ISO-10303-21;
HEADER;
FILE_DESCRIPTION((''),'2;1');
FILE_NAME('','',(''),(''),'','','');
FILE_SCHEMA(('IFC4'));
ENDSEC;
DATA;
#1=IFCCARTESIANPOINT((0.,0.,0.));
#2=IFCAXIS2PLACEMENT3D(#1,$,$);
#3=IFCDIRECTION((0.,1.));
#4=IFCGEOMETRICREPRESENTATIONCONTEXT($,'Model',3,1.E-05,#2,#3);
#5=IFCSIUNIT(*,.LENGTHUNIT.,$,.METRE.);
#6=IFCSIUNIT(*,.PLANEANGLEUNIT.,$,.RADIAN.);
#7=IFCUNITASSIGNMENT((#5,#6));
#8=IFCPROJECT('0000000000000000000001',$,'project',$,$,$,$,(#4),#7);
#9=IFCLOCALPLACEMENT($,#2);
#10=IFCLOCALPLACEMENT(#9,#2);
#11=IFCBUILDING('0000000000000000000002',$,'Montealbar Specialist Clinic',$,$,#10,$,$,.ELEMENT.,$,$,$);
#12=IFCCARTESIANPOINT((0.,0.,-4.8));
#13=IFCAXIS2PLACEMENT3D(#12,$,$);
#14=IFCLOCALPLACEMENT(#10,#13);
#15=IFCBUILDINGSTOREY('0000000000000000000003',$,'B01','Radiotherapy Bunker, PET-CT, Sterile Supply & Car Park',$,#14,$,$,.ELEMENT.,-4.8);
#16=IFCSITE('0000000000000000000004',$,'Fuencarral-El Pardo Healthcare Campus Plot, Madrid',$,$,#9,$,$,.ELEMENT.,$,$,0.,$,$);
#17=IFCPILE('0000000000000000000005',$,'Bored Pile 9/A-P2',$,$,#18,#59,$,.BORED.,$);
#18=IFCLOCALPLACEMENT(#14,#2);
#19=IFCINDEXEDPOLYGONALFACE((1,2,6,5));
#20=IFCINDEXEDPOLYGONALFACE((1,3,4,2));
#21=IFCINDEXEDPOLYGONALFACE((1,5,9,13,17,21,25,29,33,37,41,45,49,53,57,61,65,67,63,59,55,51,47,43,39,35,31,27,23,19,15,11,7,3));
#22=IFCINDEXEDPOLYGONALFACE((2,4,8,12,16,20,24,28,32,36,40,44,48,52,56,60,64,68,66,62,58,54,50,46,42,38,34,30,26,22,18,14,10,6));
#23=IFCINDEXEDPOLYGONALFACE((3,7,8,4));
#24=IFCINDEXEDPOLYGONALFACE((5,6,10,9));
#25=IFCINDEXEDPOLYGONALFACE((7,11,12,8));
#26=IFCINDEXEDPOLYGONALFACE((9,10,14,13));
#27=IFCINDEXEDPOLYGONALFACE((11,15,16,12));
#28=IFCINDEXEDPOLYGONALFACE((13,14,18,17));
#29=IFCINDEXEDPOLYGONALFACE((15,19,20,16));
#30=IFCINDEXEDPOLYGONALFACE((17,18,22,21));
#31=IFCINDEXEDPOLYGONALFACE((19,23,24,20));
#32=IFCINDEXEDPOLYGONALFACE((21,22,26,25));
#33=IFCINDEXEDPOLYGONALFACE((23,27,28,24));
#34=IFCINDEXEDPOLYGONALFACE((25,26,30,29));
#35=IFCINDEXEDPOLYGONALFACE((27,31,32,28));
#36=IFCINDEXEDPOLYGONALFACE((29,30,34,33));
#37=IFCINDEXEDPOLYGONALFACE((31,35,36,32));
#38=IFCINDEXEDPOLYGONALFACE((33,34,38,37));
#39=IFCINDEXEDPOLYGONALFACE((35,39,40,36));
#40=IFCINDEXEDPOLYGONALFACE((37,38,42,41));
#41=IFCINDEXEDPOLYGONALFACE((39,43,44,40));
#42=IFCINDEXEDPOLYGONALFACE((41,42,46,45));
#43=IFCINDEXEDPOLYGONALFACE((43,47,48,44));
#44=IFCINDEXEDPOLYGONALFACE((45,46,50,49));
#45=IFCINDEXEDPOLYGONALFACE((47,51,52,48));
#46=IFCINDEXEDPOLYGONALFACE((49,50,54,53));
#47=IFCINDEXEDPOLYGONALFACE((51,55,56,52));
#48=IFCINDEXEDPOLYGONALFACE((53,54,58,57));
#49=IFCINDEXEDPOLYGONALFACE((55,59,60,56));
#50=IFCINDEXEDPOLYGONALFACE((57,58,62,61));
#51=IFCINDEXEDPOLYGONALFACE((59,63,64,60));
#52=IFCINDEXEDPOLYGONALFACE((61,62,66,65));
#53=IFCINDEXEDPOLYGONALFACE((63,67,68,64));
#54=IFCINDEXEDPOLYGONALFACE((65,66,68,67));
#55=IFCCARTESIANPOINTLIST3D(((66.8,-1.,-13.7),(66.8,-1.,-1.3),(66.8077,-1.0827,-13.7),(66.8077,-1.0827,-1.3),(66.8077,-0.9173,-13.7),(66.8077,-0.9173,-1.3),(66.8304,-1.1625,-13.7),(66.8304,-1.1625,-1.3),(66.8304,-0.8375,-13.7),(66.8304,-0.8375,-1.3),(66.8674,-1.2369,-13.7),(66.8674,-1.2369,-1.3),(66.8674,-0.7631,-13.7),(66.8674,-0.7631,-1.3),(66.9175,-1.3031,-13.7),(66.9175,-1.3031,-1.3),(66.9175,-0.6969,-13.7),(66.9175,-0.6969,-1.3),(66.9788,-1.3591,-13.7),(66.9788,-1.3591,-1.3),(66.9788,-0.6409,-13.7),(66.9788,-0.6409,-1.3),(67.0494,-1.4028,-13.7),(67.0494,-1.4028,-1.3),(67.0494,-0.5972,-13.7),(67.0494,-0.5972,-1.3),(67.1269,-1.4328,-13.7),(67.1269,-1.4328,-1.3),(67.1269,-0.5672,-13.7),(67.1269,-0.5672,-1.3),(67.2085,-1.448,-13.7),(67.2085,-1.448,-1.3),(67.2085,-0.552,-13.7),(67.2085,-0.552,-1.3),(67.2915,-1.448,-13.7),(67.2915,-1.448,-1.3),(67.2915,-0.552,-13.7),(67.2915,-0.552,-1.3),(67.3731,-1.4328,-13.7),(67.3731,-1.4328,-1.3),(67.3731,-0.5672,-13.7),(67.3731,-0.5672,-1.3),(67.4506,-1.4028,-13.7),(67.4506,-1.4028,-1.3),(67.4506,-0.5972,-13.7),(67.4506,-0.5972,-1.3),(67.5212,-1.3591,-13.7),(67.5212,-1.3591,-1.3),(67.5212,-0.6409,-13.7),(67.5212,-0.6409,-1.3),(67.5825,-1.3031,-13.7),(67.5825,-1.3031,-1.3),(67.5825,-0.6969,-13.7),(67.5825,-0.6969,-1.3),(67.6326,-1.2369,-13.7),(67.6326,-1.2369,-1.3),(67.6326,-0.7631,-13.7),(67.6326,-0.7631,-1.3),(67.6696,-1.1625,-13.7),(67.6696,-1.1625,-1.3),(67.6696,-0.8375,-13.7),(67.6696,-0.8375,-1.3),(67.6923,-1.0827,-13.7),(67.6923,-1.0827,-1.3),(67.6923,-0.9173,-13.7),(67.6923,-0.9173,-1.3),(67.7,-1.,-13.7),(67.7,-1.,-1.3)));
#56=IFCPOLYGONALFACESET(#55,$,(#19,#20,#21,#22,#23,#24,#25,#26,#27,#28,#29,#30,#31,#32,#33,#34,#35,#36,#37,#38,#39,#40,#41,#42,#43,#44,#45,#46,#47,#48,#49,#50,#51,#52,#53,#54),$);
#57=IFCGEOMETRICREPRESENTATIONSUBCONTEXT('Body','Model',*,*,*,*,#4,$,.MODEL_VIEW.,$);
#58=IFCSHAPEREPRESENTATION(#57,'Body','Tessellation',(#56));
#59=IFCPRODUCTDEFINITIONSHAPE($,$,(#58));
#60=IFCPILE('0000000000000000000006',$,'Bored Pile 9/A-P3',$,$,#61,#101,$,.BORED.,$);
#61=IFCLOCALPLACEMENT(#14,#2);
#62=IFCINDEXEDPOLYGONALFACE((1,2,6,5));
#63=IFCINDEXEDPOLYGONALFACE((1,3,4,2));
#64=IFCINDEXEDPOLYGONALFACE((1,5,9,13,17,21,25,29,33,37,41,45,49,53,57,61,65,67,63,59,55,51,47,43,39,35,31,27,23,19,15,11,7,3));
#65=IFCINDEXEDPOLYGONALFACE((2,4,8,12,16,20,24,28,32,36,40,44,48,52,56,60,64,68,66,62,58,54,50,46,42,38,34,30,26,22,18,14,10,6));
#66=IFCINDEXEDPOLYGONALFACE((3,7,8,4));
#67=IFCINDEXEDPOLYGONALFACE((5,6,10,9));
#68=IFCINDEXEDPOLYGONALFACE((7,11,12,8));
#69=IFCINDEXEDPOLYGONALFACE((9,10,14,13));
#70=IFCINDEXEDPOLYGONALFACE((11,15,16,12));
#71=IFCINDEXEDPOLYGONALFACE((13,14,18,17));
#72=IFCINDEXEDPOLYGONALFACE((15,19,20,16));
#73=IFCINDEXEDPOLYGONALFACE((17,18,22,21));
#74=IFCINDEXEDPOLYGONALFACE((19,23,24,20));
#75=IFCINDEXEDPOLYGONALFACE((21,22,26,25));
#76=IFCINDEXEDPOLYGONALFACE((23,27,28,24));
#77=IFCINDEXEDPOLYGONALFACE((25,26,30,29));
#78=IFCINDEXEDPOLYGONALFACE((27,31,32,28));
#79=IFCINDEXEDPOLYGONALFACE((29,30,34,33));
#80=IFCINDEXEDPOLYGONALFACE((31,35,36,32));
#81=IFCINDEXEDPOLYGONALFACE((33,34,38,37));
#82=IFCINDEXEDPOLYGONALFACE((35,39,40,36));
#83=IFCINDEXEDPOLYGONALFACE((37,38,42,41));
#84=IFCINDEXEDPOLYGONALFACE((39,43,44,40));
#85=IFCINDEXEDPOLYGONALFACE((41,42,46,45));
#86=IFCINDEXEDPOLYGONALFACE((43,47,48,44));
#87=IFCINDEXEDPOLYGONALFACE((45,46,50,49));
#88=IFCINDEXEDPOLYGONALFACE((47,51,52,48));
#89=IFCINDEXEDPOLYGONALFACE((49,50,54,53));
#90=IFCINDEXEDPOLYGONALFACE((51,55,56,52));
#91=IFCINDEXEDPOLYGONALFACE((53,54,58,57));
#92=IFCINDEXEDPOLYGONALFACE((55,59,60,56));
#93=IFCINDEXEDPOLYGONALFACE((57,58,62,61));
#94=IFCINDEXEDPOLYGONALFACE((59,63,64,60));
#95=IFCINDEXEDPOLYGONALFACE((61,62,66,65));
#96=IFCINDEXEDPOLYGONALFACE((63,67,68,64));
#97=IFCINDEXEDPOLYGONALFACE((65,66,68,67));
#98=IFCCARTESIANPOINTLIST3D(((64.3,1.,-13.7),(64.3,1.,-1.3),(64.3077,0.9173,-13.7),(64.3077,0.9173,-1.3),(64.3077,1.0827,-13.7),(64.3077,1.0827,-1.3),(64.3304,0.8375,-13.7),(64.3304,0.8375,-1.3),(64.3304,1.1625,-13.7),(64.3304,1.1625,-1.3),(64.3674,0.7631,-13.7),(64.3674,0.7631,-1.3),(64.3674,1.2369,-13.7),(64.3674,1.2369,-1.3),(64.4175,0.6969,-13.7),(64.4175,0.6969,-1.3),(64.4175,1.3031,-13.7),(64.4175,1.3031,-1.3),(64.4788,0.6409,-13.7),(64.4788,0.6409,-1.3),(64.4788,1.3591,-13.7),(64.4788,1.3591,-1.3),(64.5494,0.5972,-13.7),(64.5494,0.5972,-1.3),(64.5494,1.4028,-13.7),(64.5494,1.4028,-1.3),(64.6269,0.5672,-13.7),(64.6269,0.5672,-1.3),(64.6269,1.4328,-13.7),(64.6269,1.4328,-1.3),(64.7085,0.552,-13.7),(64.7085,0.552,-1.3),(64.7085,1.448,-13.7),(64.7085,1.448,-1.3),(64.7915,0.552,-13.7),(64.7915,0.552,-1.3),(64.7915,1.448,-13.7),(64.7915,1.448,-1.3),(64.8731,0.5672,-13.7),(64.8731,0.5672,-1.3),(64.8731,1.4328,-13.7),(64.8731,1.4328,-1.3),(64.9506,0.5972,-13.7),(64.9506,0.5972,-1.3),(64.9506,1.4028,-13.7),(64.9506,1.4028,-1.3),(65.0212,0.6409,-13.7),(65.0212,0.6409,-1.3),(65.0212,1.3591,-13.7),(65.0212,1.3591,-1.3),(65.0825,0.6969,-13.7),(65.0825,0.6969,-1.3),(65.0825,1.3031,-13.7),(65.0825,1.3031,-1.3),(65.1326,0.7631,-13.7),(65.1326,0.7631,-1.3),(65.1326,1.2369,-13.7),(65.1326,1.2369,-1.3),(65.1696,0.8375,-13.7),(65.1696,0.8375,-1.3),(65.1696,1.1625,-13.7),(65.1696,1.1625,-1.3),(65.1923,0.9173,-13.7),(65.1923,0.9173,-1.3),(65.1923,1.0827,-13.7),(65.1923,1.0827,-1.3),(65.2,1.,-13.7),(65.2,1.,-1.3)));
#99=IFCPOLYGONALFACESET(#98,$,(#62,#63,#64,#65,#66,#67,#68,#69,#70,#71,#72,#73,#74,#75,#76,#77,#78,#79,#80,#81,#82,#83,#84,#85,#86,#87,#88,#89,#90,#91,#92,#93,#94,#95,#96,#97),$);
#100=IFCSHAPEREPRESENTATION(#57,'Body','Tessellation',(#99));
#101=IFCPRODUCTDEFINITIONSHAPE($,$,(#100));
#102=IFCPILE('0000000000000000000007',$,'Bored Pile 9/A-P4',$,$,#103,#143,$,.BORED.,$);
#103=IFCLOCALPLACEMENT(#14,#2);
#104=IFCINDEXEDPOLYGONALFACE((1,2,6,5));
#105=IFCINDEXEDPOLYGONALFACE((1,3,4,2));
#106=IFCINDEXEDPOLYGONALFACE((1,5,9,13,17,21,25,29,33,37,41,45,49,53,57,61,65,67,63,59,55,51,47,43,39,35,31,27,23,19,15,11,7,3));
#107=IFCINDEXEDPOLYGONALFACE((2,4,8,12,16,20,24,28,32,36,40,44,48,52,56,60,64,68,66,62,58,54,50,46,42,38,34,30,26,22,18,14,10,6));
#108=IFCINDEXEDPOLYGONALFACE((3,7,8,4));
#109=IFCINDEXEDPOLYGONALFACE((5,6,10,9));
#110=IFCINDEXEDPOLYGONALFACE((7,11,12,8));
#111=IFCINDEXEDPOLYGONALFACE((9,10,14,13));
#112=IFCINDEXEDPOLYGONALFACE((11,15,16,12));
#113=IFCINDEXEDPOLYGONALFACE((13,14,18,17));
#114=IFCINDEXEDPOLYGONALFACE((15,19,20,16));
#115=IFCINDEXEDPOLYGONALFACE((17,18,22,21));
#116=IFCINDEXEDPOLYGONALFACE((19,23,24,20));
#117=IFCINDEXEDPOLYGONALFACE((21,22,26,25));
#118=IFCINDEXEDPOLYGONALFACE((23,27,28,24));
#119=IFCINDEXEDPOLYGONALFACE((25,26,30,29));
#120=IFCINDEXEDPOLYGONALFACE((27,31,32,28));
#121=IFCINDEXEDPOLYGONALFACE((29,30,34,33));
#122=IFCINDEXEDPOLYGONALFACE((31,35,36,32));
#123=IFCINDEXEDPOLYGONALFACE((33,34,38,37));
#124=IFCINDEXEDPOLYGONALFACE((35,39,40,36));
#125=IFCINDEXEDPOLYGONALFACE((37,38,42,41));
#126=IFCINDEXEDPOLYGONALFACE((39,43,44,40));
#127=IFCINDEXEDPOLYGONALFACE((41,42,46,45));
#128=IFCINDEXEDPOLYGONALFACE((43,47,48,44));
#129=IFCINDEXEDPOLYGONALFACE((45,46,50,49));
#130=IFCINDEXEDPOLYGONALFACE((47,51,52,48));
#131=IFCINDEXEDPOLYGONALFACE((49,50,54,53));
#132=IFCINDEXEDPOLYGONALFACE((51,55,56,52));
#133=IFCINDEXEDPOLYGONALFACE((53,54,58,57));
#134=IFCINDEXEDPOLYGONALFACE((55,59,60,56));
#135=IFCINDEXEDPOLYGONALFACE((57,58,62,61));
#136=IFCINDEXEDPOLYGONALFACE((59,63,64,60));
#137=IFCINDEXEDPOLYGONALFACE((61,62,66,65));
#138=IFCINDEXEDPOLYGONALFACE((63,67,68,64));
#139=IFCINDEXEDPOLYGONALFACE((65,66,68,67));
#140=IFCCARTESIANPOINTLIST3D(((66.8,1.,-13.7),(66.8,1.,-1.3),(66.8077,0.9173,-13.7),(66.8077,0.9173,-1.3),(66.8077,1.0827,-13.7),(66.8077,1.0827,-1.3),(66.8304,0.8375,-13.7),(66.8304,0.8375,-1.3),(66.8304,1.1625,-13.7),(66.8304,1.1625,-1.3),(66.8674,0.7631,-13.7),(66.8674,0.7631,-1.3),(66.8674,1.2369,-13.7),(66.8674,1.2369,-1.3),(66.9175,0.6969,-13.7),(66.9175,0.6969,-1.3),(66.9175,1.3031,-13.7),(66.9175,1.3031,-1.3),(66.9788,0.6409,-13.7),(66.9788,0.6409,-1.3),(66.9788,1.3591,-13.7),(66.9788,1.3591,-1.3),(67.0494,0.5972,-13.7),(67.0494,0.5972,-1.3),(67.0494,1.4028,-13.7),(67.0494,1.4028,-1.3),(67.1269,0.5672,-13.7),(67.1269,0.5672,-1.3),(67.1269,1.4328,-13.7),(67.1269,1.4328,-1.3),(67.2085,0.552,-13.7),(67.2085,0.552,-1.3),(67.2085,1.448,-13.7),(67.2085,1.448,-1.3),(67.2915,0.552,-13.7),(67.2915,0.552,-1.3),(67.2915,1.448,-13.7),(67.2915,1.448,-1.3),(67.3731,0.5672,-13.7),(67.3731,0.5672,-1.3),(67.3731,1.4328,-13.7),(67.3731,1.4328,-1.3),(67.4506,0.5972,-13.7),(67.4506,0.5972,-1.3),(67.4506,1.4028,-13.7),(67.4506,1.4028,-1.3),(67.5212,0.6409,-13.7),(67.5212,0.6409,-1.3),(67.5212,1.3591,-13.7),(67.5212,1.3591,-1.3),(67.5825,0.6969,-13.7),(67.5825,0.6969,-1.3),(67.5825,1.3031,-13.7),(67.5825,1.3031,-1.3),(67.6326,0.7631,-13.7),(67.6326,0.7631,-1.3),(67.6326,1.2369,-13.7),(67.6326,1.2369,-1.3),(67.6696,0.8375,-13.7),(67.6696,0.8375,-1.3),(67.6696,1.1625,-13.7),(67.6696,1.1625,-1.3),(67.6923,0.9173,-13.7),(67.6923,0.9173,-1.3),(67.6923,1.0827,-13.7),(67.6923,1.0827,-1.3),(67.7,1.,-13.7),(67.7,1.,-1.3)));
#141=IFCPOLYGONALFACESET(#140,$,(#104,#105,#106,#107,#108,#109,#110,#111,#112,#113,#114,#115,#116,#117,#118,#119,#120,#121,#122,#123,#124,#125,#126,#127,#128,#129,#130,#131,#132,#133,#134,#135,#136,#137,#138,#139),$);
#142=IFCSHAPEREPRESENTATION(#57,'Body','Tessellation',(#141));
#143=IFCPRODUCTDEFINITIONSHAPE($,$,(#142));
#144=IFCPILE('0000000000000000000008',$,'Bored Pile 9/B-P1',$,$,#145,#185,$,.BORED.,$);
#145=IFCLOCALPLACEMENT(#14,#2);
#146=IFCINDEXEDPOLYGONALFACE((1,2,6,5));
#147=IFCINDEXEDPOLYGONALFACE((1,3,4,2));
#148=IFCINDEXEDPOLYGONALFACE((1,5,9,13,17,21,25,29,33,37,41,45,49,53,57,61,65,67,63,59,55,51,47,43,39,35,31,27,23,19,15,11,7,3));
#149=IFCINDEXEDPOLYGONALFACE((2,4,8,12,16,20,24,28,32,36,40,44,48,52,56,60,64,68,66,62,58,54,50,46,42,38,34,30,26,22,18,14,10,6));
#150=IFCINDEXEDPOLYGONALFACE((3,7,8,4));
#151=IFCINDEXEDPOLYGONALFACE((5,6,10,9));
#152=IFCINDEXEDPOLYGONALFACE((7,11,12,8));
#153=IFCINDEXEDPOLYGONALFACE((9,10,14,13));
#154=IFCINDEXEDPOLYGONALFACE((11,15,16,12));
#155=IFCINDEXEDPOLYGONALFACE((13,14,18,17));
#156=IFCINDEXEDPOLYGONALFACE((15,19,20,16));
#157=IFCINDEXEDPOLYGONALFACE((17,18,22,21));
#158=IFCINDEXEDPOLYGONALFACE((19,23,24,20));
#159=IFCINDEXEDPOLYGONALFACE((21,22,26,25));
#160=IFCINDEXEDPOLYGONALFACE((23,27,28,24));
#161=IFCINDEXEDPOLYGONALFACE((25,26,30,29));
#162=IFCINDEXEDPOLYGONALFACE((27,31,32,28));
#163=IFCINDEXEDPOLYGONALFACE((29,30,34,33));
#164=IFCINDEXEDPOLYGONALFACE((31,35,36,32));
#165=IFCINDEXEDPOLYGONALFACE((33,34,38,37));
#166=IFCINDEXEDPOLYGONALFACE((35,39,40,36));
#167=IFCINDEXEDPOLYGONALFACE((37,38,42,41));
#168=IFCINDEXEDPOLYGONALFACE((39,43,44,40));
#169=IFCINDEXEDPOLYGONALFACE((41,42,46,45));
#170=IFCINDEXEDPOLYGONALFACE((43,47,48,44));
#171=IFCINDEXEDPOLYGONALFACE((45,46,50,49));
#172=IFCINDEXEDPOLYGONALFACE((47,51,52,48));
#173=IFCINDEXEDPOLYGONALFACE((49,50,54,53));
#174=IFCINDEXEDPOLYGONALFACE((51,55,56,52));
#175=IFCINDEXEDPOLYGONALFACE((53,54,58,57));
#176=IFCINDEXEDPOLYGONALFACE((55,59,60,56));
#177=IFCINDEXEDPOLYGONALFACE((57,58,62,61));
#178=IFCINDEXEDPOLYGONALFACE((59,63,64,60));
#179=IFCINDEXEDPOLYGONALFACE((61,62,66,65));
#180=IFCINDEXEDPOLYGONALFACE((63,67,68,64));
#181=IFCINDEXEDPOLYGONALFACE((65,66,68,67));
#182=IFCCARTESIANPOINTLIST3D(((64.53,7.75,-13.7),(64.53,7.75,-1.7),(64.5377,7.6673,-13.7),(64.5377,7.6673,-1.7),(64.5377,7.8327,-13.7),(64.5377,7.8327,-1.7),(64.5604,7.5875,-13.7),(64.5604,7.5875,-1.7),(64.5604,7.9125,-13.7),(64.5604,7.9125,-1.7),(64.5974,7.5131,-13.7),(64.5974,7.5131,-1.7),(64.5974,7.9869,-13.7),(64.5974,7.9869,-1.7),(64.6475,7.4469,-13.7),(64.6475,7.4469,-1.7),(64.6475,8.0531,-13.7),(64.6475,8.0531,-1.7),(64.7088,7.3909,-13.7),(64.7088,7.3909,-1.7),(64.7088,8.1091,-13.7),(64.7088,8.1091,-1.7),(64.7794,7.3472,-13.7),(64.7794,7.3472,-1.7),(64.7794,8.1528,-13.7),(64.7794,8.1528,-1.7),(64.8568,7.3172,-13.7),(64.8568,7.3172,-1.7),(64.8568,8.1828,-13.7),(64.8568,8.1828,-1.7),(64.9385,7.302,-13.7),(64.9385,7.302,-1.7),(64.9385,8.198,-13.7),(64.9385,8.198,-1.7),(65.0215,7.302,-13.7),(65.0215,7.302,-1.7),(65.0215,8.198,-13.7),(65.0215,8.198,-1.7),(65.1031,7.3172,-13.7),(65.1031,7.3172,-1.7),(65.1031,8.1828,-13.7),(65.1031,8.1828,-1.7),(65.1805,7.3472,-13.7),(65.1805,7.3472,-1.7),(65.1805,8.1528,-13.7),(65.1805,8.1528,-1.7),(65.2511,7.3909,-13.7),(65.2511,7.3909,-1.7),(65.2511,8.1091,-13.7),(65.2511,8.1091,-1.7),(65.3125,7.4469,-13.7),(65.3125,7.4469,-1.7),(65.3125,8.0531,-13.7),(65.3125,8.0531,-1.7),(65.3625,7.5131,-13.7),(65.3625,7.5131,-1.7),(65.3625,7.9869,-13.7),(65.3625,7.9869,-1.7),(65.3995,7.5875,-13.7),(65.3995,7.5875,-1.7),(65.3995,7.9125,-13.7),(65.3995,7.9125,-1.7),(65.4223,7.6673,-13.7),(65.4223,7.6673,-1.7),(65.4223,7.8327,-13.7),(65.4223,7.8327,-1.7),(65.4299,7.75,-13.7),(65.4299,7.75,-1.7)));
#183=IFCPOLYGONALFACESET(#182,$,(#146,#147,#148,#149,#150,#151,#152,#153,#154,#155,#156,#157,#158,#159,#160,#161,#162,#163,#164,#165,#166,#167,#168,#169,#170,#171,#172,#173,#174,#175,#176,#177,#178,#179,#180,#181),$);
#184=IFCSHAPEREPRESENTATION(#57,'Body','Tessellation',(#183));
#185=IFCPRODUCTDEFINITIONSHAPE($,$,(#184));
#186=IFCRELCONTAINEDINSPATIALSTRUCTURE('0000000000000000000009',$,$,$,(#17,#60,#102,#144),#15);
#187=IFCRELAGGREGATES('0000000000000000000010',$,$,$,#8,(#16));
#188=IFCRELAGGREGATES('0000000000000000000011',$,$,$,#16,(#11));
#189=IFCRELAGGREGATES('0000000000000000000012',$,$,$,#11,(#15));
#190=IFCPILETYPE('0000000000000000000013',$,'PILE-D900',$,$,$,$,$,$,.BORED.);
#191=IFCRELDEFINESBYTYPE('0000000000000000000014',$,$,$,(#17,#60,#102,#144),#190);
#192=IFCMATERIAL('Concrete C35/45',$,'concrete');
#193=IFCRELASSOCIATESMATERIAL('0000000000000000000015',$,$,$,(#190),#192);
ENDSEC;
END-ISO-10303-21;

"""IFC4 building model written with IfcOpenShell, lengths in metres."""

from ifc_helpers import new_model, si_unit, direction, frame, origin, origin_2d, place, context, subcontext, project, spatial, circle, extrude, material, material_profile, profile_set, type_object, element, save


model = new_model("IFC4")

# Units and contexts
model_context = context("Model", 3, precision=1e-05, world=origin(), true_north=direction((0.0, 1.0)))
body_context = subcontext(model_context, "Body", "Model", "MODEL_VIEW")
ifc_project = project(units=[si_unit("LENGTHUNIT", "METRE"), si_unit("PLANEANGLEUNIT", "RADIAN")], contexts=[model_context])

# Site, building, storey
site_placement = place(None, origin())
site = spatial("IfcSite", under=ifc_project, at=site_placement, Name="Fuencarral-El Pardo Healthcare Campus Plot, Madrid", CompositionType="ELEMENT", RefElevation=0.0)
building_placement = place(site_placement, origin())
building = spatial("IfcBuilding", under=site, at=building_placement, Name="Montealbar Specialist Clinic", CompositionType="ELEMENT")
storey_placement = place(building_placement, frame((0.0, 0.0, -4.8)))
storey = spatial("IfcBuildingStorey", under=building, at=storey_placement, Name="B01", Description="Radiotherapy Bunker, PET-CT, Sterile Supply & Car Park", CompositionType="ELEMENT", Elevation=-4.8)

# Shared definitions
ifc_material_1 = material(Name="Concrete C35/45", Category="concrete")

# Piles
ifc_material_profile_1 = material_profile(ifc_material_1, circle(Radius=0.45, at=origin_2d()), Name="PILE D900", Category="concrete")
ifc_profile_set_1 = profile_set([ifc_material_profile_1], Name="Concrete C35/45")
pile_type_1 = type_object("IfcPileType", Name="PILE-D900", PredefinedType="BORED", material=ifc_profile_set_1)
for number, where, z_axis, x_axis, name in (
    (1, (67.25, -1.0, -1.3), (0.0, 0.0, -1.0), (1.0, 0.0, 0.0), "Bored Pile 9/A-P2"),
    (2, (64.75, 1.0, -1.3), (0.0, 0.0, -1.0), (1.0, 0.0, 0.0), "Bored Pile 9/A-P3"),
    (3, (67.25, 1.0, -1.3), (0.0, 0.0, -1.0), (1.0, 0.0, 0.0), "Bored Pile 9/A-P4"),
):
    element("IfcPile", number, at=place(storey_placement, frame(where, z_axis=z_axis, x_axis=x_axis)), inside=storey, type_object=pile_type_1, Name=name, PredefinedType="BORED", context=body_context, shape_type="SweptSolid", body=[
        extrude(circle(Radius=0.45, at=origin_2d()), origin(), (0.0, 0.0, 1.0), 12.3999),
    ])
for number, where, z_axis, x_axis, name in (
    (4, (64.98, 7.75, -1.7), (0.0, 0.0, -1.0), (1.0, 0.0, 0.0), "Bored Pile 9/B-P1"),
):
    element("IfcPile", number, at=place(storey_placement, frame(where, z_axis=z_axis, x_axis=x_axis)), inside=storey, type_object=pile_type_1, Name=name, PredefinedType="BORED", context=body_context, shape_type="SweptSolid", body=[
        extrude(circle(Radius=0.45, at=origin_2d()), origin(), (0.0, 0.0, 1.0), 12.0),
    ])

save(model, "model.ifc")
